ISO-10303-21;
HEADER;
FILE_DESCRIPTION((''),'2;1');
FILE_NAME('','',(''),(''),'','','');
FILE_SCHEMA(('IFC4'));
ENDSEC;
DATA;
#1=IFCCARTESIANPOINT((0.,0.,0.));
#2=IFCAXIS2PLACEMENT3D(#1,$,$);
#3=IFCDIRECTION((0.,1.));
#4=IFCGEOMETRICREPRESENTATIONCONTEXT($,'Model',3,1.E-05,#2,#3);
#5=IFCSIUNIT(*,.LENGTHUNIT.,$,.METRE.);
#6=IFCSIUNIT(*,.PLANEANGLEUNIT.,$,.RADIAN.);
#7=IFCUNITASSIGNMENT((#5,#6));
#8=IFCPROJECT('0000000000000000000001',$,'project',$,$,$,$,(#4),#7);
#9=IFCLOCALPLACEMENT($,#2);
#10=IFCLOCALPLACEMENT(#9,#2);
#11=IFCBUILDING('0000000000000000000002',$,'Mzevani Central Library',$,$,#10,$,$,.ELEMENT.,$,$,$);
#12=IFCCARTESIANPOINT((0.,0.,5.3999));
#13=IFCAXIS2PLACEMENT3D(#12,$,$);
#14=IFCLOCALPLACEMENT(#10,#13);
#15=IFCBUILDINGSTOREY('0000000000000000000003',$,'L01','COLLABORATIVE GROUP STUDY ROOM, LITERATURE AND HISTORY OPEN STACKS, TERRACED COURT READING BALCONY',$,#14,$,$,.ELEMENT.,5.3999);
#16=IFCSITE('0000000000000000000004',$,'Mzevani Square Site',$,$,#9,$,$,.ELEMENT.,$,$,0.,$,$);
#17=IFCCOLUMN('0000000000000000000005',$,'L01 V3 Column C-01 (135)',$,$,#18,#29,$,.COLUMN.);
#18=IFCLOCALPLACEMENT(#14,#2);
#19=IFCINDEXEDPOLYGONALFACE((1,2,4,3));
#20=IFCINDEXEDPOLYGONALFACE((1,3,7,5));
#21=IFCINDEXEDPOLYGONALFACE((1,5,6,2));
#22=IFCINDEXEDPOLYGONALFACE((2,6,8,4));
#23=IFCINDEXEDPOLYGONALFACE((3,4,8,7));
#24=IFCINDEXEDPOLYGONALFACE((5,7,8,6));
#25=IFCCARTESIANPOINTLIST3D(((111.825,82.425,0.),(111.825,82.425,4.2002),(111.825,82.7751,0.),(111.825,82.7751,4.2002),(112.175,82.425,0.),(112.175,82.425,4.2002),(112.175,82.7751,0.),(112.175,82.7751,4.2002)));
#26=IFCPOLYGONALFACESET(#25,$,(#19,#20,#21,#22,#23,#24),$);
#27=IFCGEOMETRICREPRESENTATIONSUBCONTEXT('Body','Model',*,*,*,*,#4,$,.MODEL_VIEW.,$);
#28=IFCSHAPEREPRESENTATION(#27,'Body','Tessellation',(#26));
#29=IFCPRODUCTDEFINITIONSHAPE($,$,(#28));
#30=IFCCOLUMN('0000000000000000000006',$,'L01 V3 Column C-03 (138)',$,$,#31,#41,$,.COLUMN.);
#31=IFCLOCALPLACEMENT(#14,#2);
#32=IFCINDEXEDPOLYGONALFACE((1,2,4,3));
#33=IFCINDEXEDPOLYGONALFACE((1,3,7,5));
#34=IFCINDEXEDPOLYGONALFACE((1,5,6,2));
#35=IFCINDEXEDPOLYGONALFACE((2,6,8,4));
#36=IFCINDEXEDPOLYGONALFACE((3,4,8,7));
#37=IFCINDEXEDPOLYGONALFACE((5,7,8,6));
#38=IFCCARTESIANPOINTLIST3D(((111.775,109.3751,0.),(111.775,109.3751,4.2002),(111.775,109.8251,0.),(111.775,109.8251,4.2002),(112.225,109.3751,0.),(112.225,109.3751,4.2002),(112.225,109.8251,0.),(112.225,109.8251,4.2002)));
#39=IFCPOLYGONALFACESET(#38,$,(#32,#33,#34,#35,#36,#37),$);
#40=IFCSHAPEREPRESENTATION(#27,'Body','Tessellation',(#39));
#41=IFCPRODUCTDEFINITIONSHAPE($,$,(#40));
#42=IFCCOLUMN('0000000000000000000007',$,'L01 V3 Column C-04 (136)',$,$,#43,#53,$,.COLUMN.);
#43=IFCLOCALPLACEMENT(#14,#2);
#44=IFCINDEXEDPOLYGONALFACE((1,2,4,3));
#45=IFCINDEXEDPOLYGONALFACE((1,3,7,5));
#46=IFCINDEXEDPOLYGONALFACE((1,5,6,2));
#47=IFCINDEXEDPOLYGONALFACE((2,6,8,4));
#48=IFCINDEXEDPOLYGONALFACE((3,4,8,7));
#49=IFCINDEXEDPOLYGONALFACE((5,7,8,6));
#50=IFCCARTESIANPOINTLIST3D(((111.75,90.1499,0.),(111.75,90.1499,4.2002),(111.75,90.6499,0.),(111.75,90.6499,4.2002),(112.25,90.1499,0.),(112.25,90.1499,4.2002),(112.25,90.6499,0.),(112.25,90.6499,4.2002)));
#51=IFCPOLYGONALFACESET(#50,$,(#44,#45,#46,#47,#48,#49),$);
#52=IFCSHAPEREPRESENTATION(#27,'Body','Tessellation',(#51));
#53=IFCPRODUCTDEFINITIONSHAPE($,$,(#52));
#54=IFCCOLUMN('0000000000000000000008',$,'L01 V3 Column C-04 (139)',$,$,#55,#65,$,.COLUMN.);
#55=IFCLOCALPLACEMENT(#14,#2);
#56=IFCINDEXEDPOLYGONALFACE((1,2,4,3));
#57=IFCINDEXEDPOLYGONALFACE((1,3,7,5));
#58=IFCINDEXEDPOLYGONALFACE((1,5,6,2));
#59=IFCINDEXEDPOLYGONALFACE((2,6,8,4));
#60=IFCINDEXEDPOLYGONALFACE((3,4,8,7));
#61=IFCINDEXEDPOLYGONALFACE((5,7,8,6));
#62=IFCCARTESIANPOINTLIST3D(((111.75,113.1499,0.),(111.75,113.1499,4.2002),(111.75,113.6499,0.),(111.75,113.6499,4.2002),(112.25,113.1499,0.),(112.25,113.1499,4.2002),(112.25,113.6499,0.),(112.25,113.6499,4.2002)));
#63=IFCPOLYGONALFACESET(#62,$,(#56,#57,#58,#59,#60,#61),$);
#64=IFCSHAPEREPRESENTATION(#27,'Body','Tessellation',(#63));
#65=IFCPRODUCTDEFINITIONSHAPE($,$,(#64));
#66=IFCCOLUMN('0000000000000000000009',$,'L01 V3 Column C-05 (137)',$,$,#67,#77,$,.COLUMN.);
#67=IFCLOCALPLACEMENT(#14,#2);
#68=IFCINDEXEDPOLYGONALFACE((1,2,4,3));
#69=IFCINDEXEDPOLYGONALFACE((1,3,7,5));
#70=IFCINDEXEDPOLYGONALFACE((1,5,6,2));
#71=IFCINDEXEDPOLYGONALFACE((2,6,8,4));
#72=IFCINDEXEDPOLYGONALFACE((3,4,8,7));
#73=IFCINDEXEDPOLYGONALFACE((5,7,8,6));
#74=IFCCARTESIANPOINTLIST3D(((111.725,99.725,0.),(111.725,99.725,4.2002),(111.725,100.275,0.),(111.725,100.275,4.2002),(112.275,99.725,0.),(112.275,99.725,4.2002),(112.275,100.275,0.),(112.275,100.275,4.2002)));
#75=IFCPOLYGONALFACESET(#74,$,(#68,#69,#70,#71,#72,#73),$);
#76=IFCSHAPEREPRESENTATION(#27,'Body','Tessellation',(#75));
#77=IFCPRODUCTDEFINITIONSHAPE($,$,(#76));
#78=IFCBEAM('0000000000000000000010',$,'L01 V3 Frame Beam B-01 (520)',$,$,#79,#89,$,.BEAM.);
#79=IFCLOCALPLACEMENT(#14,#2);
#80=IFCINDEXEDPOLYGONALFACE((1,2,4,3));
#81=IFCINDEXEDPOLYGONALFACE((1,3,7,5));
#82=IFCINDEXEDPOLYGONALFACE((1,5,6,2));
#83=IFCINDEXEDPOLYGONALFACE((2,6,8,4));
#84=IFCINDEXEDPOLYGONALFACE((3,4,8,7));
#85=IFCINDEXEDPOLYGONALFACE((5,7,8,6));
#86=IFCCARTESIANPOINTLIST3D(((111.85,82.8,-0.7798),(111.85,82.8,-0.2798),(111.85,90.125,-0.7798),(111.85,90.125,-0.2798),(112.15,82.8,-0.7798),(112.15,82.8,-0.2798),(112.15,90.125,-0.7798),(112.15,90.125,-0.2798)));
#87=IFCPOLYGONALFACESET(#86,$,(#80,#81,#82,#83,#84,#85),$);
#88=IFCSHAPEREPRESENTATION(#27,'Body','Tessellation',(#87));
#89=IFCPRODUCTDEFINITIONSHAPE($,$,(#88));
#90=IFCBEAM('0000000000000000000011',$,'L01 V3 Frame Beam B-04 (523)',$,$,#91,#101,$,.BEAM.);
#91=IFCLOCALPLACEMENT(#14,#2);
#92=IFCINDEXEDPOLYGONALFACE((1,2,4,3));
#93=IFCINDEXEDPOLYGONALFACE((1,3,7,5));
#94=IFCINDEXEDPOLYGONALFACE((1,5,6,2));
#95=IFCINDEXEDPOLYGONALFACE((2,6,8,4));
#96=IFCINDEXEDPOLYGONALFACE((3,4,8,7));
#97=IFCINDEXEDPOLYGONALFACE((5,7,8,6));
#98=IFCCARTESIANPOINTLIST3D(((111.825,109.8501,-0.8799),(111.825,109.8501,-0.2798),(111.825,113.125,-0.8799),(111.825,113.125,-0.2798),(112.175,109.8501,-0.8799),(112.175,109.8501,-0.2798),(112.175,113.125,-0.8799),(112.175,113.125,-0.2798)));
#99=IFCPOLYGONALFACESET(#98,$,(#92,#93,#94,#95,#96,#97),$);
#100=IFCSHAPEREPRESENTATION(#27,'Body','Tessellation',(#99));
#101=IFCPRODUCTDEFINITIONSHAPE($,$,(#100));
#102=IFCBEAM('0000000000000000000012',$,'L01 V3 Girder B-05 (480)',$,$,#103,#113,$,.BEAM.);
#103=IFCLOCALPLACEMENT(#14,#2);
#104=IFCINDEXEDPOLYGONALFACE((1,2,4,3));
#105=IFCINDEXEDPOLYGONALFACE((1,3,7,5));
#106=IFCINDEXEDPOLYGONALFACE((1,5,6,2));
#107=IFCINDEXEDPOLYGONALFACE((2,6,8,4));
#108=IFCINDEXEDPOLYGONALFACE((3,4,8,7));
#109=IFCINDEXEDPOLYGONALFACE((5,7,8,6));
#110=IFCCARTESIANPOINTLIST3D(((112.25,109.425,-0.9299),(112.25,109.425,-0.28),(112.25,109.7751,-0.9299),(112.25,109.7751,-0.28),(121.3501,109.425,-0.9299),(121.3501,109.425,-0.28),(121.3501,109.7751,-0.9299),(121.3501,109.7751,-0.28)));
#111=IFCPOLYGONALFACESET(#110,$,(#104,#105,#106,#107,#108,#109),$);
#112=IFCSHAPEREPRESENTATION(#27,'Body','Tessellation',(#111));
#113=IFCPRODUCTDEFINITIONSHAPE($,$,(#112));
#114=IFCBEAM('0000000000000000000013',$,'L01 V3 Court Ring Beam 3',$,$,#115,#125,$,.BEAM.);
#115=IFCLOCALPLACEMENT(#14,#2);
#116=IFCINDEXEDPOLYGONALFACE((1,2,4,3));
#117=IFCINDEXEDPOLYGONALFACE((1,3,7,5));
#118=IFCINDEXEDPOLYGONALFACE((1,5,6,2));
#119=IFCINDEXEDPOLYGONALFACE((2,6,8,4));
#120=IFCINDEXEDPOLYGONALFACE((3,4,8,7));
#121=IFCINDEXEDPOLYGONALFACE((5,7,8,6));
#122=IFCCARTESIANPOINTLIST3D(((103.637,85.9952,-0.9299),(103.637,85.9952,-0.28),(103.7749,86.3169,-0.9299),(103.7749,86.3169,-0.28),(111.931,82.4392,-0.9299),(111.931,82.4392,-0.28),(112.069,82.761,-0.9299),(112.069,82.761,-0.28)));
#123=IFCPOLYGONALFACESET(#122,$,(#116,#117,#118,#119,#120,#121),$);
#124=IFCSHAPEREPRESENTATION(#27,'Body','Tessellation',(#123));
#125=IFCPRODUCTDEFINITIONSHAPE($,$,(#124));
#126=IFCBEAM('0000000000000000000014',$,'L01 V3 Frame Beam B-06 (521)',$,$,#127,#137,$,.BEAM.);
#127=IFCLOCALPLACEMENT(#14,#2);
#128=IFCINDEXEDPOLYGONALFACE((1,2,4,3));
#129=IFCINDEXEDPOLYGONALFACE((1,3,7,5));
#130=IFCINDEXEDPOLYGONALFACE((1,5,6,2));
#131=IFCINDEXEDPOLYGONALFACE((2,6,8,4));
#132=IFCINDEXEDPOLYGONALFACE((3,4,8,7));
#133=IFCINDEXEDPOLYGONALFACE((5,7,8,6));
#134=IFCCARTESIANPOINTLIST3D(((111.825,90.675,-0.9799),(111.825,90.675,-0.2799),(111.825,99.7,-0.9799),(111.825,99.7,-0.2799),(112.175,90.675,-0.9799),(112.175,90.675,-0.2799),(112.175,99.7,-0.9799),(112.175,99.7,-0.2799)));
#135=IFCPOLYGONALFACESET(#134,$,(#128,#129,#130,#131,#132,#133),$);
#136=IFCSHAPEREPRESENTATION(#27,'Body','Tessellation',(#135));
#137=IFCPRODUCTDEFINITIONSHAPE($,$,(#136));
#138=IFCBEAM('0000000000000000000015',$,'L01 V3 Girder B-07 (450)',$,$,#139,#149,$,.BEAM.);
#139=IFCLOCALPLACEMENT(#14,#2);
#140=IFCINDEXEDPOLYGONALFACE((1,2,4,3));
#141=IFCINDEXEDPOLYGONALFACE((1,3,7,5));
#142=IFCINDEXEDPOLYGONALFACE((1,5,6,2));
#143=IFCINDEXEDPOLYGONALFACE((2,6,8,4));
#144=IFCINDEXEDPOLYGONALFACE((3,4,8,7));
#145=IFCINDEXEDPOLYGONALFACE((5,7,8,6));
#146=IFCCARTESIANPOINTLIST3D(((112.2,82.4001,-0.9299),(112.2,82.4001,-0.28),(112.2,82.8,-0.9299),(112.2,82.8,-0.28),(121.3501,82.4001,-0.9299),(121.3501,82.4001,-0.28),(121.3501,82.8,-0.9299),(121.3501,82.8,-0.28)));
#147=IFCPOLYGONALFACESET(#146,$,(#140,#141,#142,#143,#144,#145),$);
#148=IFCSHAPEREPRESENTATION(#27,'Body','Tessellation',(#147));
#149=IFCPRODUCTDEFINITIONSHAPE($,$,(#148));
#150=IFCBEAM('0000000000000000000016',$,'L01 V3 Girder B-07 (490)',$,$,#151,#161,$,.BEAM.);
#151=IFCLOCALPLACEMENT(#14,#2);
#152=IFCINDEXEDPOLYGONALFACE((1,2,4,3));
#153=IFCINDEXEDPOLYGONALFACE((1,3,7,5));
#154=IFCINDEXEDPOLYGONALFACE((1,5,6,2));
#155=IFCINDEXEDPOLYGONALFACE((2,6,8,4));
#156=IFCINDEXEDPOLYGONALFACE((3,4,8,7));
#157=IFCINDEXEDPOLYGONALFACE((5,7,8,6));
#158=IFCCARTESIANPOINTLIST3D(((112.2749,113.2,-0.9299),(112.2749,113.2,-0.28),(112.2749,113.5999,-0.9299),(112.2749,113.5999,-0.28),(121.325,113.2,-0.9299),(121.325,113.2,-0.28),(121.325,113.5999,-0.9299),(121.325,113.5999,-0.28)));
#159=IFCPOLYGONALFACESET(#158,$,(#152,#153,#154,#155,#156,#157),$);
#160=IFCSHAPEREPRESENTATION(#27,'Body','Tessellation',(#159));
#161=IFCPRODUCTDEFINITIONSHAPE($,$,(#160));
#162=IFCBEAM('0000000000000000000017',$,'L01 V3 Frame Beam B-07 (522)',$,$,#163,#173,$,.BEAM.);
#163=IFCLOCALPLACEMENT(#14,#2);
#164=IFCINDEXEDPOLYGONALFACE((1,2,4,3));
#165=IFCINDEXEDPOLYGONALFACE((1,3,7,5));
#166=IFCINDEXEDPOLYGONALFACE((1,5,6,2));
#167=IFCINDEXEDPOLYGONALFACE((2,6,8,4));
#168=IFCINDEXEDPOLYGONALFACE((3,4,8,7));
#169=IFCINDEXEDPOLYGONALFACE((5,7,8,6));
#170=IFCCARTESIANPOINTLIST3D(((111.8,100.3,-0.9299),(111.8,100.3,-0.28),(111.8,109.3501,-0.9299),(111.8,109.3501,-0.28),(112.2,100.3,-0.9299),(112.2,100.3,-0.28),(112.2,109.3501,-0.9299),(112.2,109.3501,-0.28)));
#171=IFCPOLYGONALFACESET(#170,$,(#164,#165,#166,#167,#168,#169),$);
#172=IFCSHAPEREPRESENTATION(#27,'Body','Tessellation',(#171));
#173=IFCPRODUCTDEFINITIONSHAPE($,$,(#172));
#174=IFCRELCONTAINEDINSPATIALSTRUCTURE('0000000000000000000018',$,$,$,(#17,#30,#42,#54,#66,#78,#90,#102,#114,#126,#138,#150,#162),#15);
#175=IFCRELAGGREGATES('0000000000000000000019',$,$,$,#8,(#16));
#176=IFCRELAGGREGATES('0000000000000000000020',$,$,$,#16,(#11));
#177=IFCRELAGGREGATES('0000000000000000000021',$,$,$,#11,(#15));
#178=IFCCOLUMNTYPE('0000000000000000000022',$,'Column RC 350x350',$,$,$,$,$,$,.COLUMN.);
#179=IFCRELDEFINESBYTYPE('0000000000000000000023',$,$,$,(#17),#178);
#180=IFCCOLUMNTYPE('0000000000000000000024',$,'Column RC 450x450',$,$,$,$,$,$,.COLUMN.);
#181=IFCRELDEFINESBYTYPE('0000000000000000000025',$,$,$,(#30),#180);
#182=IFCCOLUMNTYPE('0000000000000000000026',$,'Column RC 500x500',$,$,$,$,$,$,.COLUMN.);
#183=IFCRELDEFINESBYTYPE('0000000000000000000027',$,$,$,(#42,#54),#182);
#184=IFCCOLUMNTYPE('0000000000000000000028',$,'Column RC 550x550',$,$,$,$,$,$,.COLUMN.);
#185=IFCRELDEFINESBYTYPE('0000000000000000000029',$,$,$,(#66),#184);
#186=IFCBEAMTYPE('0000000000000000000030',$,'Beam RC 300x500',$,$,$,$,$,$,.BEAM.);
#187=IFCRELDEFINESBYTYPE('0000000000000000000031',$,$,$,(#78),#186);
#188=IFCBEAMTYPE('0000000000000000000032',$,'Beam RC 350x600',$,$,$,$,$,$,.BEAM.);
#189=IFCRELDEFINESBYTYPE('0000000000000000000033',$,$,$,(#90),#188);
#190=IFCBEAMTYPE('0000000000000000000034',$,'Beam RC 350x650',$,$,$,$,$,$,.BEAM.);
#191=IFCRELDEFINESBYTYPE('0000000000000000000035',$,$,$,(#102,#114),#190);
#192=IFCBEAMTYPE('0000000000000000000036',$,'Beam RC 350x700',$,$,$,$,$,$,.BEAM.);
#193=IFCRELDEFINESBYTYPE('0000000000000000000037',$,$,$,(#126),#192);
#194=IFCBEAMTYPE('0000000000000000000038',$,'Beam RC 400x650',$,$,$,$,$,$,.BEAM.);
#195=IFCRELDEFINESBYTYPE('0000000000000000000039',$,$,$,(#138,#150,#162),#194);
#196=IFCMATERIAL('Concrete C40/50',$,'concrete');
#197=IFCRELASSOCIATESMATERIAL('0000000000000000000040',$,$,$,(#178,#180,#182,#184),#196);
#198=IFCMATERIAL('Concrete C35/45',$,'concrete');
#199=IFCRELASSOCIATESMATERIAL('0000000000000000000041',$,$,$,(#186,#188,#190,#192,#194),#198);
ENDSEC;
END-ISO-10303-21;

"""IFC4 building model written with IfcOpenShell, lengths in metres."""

from ifc_helpers import new_model, si_unit, direction, frame, origin, origin_2d, place, context, subcontext, project, spatial, rectangle, extrude, material, material_profile, profile_set, type_object, element, save


model = new_model("IFC4")

# Units and contexts
model_context = context("Model", 3, precision=1e-05, world=origin(), true_north=direction((0.0, 1.0)))
body_context = subcontext(model_context, "Body", "Model", "MODEL_VIEW")
ifc_project = project(units=[si_unit("LENGTHUNIT", "METRE"), si_unit("PLANEANGLEUNIT", "RADIAN")], contexts=[model_context])

# Site, building, storey
site_placement = place(None, origin())
site = spatial("IfcSite", under=ifc_project, at=site_placement, Name="Mzevani Square Site", CompositionType="ELEMENT", RefElevation=0.0)
building_placement = place(site_placement, origin())
building = spatial("IfcBuilding", under=site, at=building_placement, Name="Mzevani Central Library", CompositionType="ELEMENT")
storey_placement = place(building_placement, frame((0.0, 0.0, 5.3999)))
storey = spatial("IfcBuildingStorey", under=building, at=storey_placement, Name="L01", Description="COLLABORATIVE GROUP STUDY ROOM, LITERATURE AND HISTORY OPEN STACKS, TERRACED COURT READING BALCONY", CompositionType="ELEMENT", Elevation=5.3999)

# Columns
ifc_material_1 = material(Name="Concrete C40/50", Category="concrete")
ifc_material_profile_1 = material_profile(ifc_material_1, rectangle(XDim=0.3501, YDim=0.3501, at=origin_2d()), Name="RC 350x350")
ifc_profile_set_1 = profile_set([ifc_material_profile_1], Name="Concrete C40/50")
column_type_1 = type_object("IfcColumnType", Name="Column RC 350x350", PredefinedType="COLUMN", material=ifc_profile_set_1)
column_1_placement = place(storey_placement, frame((112.0, 82.6001, 0.0), z_axis=(0.0, 0.0, 1.0), x_axis=(1.0, 0.0, 0.0)))
element("IfcColumn", 1, at=column_1_placement, inside=storey, type_object=column_type_1, Name="L01 V3 Column C-01 (135)", PredefinedType="COLUMN", context=body_context, shape_type="SweptSolid", body=[
    extrude(rectangle(XDim=0.3501, YDim=0.3501, at=origin_2d()), origin(), (0.0, 0.0, 1.0), 4.2002),
])
ifc_material_profile_2 = material_profile(ifc_material_1, rectangle(XDim=0.45, YDim=0.45, at=origin_2d()), Name="RC 450x450")
ifc_profile_set_2 = profile_set([ifc_material_profile_2], Name="Concrete C40/50")
column_type_2 = type_object("IfcColumnType", Name="Column RC 450x450", PredefinedType="COLUMN", material=ifc_profile_set_2)
column_2_placement = place(storey_placement, frame((112.0, 109.6001, 0.0), z_axis=(0.0, 0.0, 1.0), x_axis=(1.0, 0.0, 0.0)))
element("IfcColumn", 2, at=column_2_placement, inside=storey, type_object=column_type_2, Name="L01 V3 Column C-03 (138)", PredefinedType="COLUMN", context=body_context, shape_type="SweptSolid", body=[
    extrude(rectangle(XDim=0.45, YDim=0.45, at=origin_2d()), origin(), (0.0, 0.0, 1.0), 4.2002),
])
ifc_material_profile_3 = material_profile(ifc_material_1, rectangle(XDim=0.5, YDim=0.5, at=origin_2d()), Name="RC 500x500")
ifc_profile_set_3 = profile_set([ifc_material_profile_3], Name="Concrete C40/50")
column_type_3 = type_object("IfcColumnType", Name="Column RC 500x500", PredefinedType="COLUMN", material=ifc_profile_set_3)
for number, where, z_axis, x_axis, name in (
    (3, (112.0, 90.3999, 0.0), (0.0, 0.0, 1.0), (1.0, 0.0, 0.0), "L01 V3 Column C-04 (136)"),
    (4, (112.0, 113.3999, 0.0), (0.0, 0.0, 1.0), (1.0, 0.0, 0.0), "L01 V3 Column C-04 (139)"),
):
    element("IfcColumn", number, at=place(storey_placement, frame(where, z_axis=z_axis, x_axis=x_axis)), inside=storey, type_object=column_type_3, Name=name, PredefinedType="COLUMN", context=body_context, shape_type="SweptSolid", body=[
        extrude(rectangle(XDim=0.5, YDim=0.5, at=origin_2d()), origin(), (0.0, 0.0, 1.0), 4.2002),
    ])
ifc_material_profile_4 = material_profile(ifc_material_1, rectangle(XDim=0.55, YDim=0.55, at=origin_2d()), Name="RC 550x550")
ifc_profile_set_4 = profile_set([ifc_material_profile_4], Name="Concrete C40/50")
column_type_4 = type_object("IfcColumnType", Name="Column RC 550x550", PredefinedType="COLUMN", material=ifc_profile_set_4)
column_3_placement = place(storey_placement, frame((112.0, 100.0, 0.0), z_axis=(0.0, 0.0, 1.0), x_axis=(1.0, 0.0, 0.0)))
element("IfcColumn", 5, at=column_3_placement, inside=storey, type_object=column_type_4, Name="L01 V3 Column C-05 (137)", PredefinedType="COLUMN", context=body_context, shape_type="SweptSolid", body=[
    extrude(rectangle(XDim=0.55, YDim=0.55, at=origin_2d()), origin(), (0.0, 0.0, 1.0), 4.2002),
])

# Beams
ifc_material_2 = material(Name="Concrete C35/45", Category="concrete")
ifc_material_profile_5 = material_profile(ifc_material_2, rectangle(XDim=0.3, YDim=0.5, at=origin_2d()), Name="RC B300x500")
ifc_profile_set_5 = profile_set([ifc_material_profile_5], Name="Concrete C35/45")
beam_type_1 = type_object("IfcBeamType", Name="Beam RC 300x500", PredefinedType="BEAM", material=ifc_profile_set_5)
beam_1_placement = place(storey_placement, frame((112.0, 82.8, -0.5298), z_axis=(0.0, 1.0, 0.0), x_axis=(-1.0, 0.0, 0.0)))
element("IfcBeam", 6, at=beam_1_placement, inside=storey, type_object=beam_type_1, Name="L01 V3 Frame Beam B-01 (520)", PredefinedType="BEAM", context=body_context, shape_type="SweptSolid", body=[
    extrude(rectangle(XDim=0.3, YDim=0.5, at=origin_2d()), origin(), (0.0, 0.0, 1.0), 7.325),
])
ifc_material_profile_6 = material_profile(ifc_material_2, rectangle(XDim=0.3501, YDim=0.6001, at=origin_2d()), Name="RC B350x600")
ifc_profile_set_6 = profile_set([ifc_material_profile_6], Name="Concrete C35/45")
beam_type_2 = type_object("IfcBeamType", Name="Beam RC 350x600", PredefinedType="BEAM", material=ifc_profile_set_6)
beam_2_placement = place(storey_placement, frame((112.0, 109.8501, -0.5798), z_axis=(0.0, 1.0, 0.0), x_axis=(-1.0, 0.0, 0.0)))
element("IfcBeam", 7, at=beam_2_placement, inside=storey, type_object=beam_type_2, Name="L01 V3 Frame Beam B-04 (523)", PredefinedType="BEAM", context=body_context, shape_type="SweptSolid", body=[
    extrude(rectangle(XDim=0.3501, YDim=0.6001, at=origin_2d()), origin(), (0.0, 0.0, 1.0), 3.2749),
])
ifc_material_profile_7 = material_profile(ifc_material_2, rectangle(XDim=0.3501, YDim=0.6499, at=origin_2d()), Name="RC B350x650")
ifc_profile_set_7 = profile_set([ifc_material_profile_7], Name="Concrete C35/45")
beam_type_3 = type_object("IfcBeamType", Name="Beam RC 350x650", PredefinedType="BEAM", material=ifc_profile_set_7)
beam_3_placement = place(storey_placement, frame((112.25, 109.6001, -0.605), z_axis=(1.0, 0.0, 0.0), x_axis=(0.0, 1.0, 0.0)))
element("IfcBeam", 8, at=beam_3_placement, inside=storey, type_object=beam_type_3, Name="L01 V3 Girder B-05 (480)", PredefinedType="BEAM", context=body_context, shape_type="SweptSolid", body=[
    extrude(rectangle(XDim=0.3501, YDim=0.6499, at=origin_2d()), origin(), (0.0, 0.0, 1.0), 9.1001),
])
beam_4_placement = place(storey_placement, frame((112.0, 82.6001, -0.605), z_axis=(-0.91909, 0.394047, 0.0), x_axis=(-0.394047, -0.91909, 0.0)))
element("IfcBeam", 9, at=beam_4_placement, inside=storey, type_object=beam_type_3, Name="L01 V3 Court Ring Beam 3", PredefinedType="BEAM", context=body_context, shape_type="SweptSolid", body=[
    extrude(rectangle(XDim=0.3501, YDim=0.6499, at=origin_2d()), origin(), (0.0, 0.0, 1.0), 9.0242),
])
ifc_material_profile_8 = material_profile(ifc_material_2, rectangle(XDim=0.3501, YDim=0.7, at=origin_2d()), Name="RC B350x700")
ifc_profile_set_8 = profile_set([ifc_material_profile_8], Name="Concrete C35/45")
beam_type_4 = type_object("IfcBeamType", Name="Beam RC 350x700", PredefinedType="BEAM", material=ifc_profile_set_8)
beam_5_placement = place(storey_placement, frame((112.0, 90.675, -0.6299), z_axis=(0.0, 1.0, 0.0), x_axis=(-1.0, 0.0, 0.0)))
element("IfcBeam", 10, at=beam_5_placement, inside=storey, type_object=beam_type_4, Name="L01 V3 Frame Beam B-06 (521)", PredefinedType="BEAM", context=body_context, shape_type="SweptSolid", body=[
    extrude(rectangle(XDim=0.3501, YDim=0.7, at=origin_2d()), origin(), (0.0, 0.0, 1.0), 9.0249),
])
ifc_material_profile_9 = material_profile(ifc_material_2, rectangle(XDim=0.3999, YDim=0.6499, at=origin_2d()), Name="RC B400x650")
ifc_profile_set_9 = profile_set([ifc_material_profile_9], Name="Concrete C35/45")
beam_type_5 = type_object("IfcBeamType", Name="Beam RC 400x650", PredefinedType="BEAM", material=ifc_profile_set_9)
beam_6_placement = place(storey_placement, frame((112.2, 82.6001, -0.605), z_axis=(1.0, 0.0, 0.0), x_axis=(0.0, 1.0, 0.0)))
element("IfcBeam", 11, at=beam_6_placement, inside=storey, type_object=beam_type_5, Name="L01 V3 Girder B-07 (450)", PredefinedType="BEAM", context=body_context, shape_type="SweptSolid", body=[
    extrude(rectangle(XDim=0.3999, YDim=0.6499, at=origin_2d()), origin(), (0.0, 0.0, 1.0), 9.1501),
])
for number, where, z_axis, x_axis, name in (
    (12, (112.2749, 113.3999, -0.605), (1.0, 0.0, 0.0), (0.0, 1.0, 0.0), "L01 V3 Girder B-07 (490)"),
    (13, (112.0, 100.3, -0.605), (0.0, 1.0, 0.0), (-1.0, 0.0, 0.0), "L01 V3 Frame Beam B-07 (522)"),
):
    element("IfcBeam", number, at=place(storey_placement, frame(where, z_axis=z_axis, x_axis=x_axis)), inside=storey, type_object=beam_type_5, Name=name, PredefinedType="BEAM", context=body_context, shape_type="SweptSolid", body=[
        extrude(rectangle(XDim=0.3999, YDim=0.6499, at=origin_2d()), origin(), (0.0, 0.0, 1.0), 9.05),
    ])

save(model, "model.ifc")
